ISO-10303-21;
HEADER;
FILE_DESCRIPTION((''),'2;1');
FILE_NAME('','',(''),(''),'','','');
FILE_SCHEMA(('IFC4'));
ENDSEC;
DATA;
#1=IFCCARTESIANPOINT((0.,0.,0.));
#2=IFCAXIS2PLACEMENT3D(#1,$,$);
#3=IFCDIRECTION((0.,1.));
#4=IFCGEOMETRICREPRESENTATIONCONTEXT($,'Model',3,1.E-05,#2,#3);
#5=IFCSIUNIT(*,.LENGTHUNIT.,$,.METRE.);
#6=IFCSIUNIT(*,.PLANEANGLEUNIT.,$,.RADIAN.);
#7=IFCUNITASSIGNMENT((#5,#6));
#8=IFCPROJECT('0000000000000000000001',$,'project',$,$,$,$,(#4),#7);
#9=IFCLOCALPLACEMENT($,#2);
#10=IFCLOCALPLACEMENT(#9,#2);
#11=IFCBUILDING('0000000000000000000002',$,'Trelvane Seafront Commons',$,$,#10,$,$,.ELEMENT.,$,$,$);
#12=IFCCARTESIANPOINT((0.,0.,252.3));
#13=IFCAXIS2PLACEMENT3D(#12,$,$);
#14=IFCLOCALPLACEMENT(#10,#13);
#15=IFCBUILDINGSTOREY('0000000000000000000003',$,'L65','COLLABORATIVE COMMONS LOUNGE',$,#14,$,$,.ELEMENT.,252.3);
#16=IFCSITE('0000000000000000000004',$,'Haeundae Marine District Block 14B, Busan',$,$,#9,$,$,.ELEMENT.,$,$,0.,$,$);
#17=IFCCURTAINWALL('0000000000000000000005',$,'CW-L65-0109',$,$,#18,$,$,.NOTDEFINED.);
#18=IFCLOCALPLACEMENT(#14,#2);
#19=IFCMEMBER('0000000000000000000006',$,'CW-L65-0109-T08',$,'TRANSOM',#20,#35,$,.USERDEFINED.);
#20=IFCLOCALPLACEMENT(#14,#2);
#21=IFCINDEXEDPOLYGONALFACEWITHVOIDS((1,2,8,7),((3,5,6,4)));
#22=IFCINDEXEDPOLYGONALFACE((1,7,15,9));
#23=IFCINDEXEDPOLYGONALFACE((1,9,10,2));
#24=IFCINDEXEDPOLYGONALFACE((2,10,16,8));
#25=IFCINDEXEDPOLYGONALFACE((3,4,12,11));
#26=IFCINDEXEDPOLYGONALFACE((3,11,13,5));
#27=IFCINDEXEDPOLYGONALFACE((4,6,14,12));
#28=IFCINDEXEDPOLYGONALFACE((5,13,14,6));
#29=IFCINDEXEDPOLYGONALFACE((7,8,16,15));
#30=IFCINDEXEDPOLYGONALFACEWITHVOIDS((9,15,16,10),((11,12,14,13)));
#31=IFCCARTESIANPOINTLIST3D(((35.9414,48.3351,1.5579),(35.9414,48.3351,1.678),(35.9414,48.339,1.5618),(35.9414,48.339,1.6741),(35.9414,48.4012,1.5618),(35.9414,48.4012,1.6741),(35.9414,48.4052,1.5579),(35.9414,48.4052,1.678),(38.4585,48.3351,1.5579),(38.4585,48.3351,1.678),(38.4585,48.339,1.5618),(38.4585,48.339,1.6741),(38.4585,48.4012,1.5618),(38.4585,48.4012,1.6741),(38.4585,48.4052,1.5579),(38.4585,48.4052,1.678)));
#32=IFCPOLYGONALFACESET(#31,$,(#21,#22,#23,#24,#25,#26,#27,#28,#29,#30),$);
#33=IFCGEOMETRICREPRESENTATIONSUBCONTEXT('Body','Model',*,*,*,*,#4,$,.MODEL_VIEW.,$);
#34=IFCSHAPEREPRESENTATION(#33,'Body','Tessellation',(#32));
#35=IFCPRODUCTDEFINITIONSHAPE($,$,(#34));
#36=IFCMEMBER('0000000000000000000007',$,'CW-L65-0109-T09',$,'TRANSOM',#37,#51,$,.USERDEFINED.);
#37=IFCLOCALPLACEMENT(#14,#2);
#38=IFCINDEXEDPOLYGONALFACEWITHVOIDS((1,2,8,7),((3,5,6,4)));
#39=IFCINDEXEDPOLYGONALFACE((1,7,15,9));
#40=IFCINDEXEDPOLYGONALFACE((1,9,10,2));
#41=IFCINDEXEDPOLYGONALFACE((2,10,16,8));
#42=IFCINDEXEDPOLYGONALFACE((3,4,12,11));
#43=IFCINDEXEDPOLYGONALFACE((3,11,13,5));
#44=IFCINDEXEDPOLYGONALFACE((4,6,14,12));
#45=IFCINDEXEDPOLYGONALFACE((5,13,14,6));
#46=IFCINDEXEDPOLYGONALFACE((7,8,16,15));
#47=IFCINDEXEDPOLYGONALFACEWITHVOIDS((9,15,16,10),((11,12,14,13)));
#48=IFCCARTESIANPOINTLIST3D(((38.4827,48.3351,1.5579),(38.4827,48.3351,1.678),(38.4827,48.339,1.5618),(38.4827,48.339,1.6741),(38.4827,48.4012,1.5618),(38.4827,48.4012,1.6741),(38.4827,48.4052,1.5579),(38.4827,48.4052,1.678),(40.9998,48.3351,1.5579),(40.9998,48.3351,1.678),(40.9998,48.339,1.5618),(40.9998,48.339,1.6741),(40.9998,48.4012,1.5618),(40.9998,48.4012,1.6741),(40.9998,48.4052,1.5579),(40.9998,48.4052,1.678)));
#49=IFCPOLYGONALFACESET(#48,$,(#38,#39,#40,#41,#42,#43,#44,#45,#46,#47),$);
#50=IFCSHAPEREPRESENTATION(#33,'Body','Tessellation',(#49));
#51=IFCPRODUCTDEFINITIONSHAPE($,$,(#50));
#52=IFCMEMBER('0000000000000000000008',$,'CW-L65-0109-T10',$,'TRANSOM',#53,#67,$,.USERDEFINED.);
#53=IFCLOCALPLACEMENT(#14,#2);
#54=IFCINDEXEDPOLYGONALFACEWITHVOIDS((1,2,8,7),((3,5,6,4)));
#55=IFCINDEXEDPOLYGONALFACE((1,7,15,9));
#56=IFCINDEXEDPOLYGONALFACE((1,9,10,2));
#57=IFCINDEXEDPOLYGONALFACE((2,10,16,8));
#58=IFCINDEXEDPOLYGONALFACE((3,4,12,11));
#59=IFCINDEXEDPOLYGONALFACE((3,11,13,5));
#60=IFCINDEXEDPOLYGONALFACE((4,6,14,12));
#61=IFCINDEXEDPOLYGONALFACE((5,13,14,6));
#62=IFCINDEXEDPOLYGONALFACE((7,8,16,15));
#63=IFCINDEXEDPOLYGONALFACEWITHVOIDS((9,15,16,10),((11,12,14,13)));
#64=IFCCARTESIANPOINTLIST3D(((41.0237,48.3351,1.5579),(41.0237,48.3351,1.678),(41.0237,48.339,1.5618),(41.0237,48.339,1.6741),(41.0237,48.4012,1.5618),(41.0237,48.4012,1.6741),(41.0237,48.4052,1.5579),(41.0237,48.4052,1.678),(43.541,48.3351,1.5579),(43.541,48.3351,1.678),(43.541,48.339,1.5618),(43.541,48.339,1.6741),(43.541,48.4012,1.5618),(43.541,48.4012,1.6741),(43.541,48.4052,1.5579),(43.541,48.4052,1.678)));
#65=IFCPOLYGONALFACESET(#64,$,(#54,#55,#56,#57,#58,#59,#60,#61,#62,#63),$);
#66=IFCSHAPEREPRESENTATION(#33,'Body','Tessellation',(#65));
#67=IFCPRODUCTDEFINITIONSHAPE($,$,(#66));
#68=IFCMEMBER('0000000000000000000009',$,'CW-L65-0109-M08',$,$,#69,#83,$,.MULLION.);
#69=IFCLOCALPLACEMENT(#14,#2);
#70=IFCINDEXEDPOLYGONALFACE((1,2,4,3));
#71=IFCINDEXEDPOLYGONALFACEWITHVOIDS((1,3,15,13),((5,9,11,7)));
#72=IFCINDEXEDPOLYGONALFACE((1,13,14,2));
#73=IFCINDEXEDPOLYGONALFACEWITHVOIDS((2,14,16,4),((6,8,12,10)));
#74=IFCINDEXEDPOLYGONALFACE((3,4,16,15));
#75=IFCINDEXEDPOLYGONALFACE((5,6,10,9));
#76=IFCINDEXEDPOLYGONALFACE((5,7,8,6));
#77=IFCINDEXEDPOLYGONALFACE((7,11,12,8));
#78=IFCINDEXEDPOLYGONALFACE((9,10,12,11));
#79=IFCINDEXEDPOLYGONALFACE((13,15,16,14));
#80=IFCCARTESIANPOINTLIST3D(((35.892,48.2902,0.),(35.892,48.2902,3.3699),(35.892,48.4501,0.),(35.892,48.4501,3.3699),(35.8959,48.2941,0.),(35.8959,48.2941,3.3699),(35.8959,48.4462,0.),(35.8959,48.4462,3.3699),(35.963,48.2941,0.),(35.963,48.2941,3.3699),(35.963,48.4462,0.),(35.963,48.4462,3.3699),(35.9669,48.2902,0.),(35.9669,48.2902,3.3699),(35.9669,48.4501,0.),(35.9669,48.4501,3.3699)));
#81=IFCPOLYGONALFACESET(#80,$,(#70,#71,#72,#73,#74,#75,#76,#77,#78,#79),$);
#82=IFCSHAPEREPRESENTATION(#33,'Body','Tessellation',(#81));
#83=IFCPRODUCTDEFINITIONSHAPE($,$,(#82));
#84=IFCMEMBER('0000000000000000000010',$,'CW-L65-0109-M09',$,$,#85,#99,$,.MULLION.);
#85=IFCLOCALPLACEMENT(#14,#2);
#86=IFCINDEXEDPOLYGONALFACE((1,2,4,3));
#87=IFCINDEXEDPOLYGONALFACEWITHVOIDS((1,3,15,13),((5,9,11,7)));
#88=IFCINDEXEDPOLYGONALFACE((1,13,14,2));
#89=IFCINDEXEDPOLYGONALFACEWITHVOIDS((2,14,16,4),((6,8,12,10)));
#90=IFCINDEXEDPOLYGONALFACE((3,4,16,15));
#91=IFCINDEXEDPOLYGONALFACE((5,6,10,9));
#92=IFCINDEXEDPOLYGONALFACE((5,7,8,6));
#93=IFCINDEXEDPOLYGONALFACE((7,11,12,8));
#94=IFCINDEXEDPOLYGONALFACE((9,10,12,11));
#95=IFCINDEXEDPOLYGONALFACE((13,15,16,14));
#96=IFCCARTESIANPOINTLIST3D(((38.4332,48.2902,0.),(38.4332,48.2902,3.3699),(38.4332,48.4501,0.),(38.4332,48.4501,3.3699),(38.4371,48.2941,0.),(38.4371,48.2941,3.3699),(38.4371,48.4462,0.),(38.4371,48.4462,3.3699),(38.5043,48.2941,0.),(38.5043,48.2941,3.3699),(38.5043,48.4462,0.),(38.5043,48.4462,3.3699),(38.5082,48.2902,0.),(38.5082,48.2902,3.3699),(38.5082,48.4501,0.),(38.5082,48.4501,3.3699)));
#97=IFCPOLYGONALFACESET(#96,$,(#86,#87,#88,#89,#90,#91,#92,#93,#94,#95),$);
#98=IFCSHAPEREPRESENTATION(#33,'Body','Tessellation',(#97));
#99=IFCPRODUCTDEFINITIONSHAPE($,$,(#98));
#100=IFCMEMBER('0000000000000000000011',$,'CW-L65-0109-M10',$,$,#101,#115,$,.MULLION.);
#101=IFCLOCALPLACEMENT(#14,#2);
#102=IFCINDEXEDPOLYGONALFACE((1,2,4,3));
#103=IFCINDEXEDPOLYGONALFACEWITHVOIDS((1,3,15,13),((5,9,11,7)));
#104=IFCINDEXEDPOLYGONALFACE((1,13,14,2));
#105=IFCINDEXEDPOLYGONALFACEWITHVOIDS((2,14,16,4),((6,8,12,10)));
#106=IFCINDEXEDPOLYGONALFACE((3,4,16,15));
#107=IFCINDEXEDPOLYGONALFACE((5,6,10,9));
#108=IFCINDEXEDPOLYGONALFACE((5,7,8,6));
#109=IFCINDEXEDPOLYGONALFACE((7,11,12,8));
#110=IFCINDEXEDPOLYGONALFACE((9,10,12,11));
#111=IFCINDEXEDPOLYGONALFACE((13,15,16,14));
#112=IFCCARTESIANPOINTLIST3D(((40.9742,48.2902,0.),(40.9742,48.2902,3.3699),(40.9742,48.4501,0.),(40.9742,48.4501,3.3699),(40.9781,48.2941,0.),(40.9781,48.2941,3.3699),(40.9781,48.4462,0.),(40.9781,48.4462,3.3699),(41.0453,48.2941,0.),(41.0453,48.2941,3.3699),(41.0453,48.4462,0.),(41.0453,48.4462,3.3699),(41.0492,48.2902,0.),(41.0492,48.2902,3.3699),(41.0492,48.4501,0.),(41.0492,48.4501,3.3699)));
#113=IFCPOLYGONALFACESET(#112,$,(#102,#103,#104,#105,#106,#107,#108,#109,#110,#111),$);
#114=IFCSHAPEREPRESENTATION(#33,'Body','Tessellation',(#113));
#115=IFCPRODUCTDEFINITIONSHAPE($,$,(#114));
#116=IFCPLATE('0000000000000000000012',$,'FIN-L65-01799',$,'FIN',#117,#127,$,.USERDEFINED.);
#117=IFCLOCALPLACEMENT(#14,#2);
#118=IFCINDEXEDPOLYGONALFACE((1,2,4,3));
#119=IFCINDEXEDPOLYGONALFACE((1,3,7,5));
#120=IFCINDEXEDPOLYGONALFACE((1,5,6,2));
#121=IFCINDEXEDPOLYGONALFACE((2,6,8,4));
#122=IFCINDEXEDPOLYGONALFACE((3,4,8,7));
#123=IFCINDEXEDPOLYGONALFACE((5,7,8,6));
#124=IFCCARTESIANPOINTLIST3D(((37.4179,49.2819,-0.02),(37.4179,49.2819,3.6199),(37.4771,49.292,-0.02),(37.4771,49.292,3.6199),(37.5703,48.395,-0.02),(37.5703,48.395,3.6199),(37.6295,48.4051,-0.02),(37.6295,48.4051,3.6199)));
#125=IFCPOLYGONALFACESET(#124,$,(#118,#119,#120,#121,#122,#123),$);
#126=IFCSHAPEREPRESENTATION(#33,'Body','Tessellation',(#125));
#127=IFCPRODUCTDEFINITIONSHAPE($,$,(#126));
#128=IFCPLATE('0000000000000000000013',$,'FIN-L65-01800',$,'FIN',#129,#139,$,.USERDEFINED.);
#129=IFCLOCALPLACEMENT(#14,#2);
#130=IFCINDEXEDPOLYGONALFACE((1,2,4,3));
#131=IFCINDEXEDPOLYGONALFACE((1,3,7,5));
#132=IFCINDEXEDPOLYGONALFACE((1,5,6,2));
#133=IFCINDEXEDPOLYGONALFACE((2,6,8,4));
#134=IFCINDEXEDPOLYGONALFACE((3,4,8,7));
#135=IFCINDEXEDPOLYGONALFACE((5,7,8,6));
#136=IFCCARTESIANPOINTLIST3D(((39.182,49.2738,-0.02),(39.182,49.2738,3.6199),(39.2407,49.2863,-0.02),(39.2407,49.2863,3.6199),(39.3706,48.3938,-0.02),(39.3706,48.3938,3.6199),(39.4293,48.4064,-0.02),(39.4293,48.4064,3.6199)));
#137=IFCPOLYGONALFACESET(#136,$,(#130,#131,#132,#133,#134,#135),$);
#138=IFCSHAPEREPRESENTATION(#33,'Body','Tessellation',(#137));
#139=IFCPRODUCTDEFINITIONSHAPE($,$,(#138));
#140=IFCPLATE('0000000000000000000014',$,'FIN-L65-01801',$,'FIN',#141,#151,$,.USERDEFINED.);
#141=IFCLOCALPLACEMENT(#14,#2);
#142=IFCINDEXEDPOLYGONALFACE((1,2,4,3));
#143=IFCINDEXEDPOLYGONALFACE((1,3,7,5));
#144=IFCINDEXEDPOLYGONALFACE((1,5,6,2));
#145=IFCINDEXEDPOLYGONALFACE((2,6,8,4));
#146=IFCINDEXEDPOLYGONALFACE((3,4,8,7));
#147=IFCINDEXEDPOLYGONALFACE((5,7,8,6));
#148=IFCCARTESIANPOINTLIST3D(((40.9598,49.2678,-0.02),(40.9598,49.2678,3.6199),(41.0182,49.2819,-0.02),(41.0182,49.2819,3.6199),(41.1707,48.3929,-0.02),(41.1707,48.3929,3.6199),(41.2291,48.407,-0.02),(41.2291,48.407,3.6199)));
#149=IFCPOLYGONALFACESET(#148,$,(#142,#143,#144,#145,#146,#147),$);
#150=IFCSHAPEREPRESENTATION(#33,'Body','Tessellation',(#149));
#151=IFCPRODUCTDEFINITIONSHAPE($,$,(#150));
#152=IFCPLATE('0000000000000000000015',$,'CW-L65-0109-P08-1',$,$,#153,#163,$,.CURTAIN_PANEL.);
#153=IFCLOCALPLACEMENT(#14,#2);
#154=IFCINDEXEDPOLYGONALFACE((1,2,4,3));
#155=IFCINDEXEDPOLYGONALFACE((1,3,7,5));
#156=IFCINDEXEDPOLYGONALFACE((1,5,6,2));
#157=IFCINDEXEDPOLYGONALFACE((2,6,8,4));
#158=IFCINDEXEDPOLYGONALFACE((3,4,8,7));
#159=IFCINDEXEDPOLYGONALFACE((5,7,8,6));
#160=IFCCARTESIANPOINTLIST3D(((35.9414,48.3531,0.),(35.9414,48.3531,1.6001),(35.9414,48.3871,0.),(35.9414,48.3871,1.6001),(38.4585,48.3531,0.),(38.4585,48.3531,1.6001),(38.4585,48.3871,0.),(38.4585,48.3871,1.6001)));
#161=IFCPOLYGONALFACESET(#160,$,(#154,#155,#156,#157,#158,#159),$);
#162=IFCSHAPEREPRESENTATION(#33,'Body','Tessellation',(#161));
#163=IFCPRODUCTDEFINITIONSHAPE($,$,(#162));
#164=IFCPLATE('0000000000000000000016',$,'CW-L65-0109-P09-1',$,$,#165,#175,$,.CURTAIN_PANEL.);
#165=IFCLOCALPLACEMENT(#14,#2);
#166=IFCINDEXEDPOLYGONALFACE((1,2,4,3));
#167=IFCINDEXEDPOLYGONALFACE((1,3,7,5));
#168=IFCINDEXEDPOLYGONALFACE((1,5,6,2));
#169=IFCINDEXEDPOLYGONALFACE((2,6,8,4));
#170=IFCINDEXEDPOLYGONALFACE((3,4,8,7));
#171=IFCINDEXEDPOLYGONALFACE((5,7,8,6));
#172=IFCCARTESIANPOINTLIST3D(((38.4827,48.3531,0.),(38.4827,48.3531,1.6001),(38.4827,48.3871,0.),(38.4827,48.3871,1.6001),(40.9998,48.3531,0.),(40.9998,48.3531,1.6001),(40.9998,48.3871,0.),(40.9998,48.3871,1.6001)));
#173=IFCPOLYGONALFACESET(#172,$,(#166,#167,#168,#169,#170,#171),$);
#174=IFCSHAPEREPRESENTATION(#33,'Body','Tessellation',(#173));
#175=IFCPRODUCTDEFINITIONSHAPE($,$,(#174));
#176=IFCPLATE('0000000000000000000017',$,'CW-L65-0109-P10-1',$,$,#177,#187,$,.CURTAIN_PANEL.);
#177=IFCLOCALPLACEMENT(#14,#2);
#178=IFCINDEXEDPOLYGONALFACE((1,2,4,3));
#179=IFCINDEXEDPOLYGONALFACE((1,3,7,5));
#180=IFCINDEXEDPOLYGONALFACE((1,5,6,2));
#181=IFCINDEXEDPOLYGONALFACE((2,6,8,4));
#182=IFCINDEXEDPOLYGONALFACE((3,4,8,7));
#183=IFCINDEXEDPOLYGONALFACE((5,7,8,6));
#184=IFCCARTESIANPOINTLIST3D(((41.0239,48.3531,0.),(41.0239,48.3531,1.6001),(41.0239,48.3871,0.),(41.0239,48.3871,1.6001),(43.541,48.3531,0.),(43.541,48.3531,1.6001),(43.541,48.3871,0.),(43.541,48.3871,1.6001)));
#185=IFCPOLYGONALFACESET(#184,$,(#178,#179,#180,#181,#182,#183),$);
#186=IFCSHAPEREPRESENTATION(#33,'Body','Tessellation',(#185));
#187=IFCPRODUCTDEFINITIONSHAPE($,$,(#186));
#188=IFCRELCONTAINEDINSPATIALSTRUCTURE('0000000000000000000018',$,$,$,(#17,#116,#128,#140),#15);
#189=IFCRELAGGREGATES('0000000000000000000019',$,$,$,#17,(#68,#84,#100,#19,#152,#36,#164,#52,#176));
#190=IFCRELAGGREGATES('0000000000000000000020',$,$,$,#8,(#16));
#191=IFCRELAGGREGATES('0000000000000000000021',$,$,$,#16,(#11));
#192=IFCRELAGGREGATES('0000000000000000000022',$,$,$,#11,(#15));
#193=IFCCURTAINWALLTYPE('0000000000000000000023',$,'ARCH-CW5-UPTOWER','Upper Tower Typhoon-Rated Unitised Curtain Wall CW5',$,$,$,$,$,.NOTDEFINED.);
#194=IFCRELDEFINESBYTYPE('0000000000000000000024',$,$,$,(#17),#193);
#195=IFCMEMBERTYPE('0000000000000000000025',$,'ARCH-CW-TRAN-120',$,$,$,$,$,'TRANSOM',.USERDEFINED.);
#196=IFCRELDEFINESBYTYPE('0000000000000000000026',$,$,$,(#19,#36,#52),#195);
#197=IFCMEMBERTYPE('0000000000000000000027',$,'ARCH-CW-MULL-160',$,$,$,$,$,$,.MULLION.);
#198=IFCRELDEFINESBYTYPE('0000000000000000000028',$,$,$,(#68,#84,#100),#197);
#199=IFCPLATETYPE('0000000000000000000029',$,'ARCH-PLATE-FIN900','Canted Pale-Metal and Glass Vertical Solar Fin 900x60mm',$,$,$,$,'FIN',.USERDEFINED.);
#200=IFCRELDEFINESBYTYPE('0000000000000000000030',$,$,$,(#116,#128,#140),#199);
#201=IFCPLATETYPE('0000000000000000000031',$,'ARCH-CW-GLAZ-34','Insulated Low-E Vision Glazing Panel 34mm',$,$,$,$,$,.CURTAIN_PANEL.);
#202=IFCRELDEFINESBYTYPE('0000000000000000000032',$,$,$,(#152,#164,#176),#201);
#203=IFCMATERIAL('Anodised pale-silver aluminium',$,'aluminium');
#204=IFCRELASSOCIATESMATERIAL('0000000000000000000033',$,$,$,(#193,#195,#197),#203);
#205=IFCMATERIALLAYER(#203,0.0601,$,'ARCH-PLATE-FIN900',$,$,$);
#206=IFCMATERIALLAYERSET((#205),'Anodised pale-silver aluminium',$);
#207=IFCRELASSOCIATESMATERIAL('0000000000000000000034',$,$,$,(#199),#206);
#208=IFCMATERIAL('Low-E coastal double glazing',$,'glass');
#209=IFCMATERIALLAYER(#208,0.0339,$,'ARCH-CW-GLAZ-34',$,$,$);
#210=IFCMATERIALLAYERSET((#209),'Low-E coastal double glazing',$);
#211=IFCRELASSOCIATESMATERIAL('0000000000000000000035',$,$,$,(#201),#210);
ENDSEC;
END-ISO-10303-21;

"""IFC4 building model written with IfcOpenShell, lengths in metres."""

from ifc_helpers import new_model, si_unit, direction, frame, origin, origin_2d, place, context, subcontext, project, spatial, rectangle, hollow_rectangle, extrude, source, transform, mapped, material, layer, layer_set, material_profile, profile_set, type_object, element, aggregate, save


model = new_model("IFC4")

# Units and contexts
model_context = context("Model", 3, precision=1e-05, world=origin(), true_north=direction((0.0, 1.0)))
body_context = subcontext(model_context, "Body", "Model", "MODEL_VIEW")
ifc_project = project(units=[si_unit("LENGTHUNIT", "METRE"), si_unit("PLANEANGLEUNIT", "RADIAN")], contexts=[model_context])

# Site, building, storey
site_placement = place(None, origin())
site = spatial("IfcSite", under=ifc_project, at=site_placement, Name="Haeundae Marine District Block 14B, Busan", CompositionType="ELEMENT", RefElevation=0.0)
building_placement = place(site_placement, origin())
building = spatial("IfcBuilding", under=site, at=building_placement, Name="Trelvane Seafront Commons", CompositionType="ELEMENT")
storey_placement = place(building_placement, frame((0.0, 0.0, 252.3)))
storey = spatial("IfcBuildingStorey", under=building, at=storey_placement, Name="L65", Description="COLLABORATIVE COMMONS LOUNGE", CompositionType="ELEMENT", Elevation=252.3)

# Curtain wall, members
ifc_material_1 = material(Name="Anodised pale-silver aluminium", Category="aluminium")
curtain_wall_type = type_object("IfcCurtainWallType", Name="ARCH-CW5-UPTOWER", Description="Upper Tower Typhoon-Rated Unitised Curtain Wall CW5", PredefinedType="NOTDEFINED", material=ifc_material_1)
curtain_wall_placement = place(storey_placement, origin())
curtain_wall = element("IfcCurtainWall", 1, at=curtain_wall_placement, inside=storey, type_object=curtain_wall_type, Name="CW-L65-0109", PredefinedType="NOTDEFINED")
ifc_material_profile_1 = material_profile(ifc_material_1, hollow_rectangle(XDim=0.0701, YDim=0.1201, WallThickness=0.0039, at=origin_2d()), Name="TRAN-70x120x4")
ifc_profile_set_1 = profile_set([ifc_material_profile_1], Name="Anodised pale-silver aluminium")
member_type_1 = type_object("IfcMemberType", Name="ARCH-CW-TRAN-120", ElementType="TRANSOM", PredefinedType="USERDEFINED", material=ifc_profile_set_1)
shared_shape_1 = source(origin(), body_context, "Body", "SweptSolid", [
    extrude(hollow_rectangle(XDim=0.0701, YDim=0.1201, WallThickness=0.0039, at=origin_2d()), origin(), (0.0, 0.0, 1.0), 2.5171),
])
member_1_placement = place(storey_placement, frame((35.9414, 48.3701, 1.6179), z_axis=(1.0, 0.0, 0.0), x_axis=(0.0, 1.0, 0.0)))
member_1 = element("IfcMember", 2, at=member_1_placement, type_object=member_type_1, Name="CW-L65-0109-T08", ObjectType="TRANSOM", PredefinedType="USERDEFINED", context=body_context, shape_type="MappedRepresentation", body=[
    mapped(shared_shape_1, transform((0.0, 0.0, 0.0), x_axis=(1.0, 0.0, 0.0), y_axis=(0.0, 1.0, 0.0), z_axis=(0.0, 0.0, 1.0), scale=1.0)),
])
member_2_placement = place(storey_placement, frame((38.4827, 48.3701, 1.6179), z_axis=(1.0, 0.0, 0.0), x_axis=(0.0, 1.0, 0.0)))
member_2 = element("IfcMember", 3, at=member_2_placement, type_object=member_type_1, Name="CW-L65-0109-T09", ObjectType="TRANSOM", PredefinedType="USERDEFINED", context=body_context, shape_type="MappedRepresentation", body=[
    mapped(shared_shape_1, transform((0.0, 0.0, 0.0), x_axis=(1.0, 0.0, 0.0), y_axis=(0.0, 1.0, 0.0), z_axis=(0.0, 0.0, 1.0), scale=1.0)),
])
shared_shape_2 = source(origin(), body_context, "Body", "SweptSolid", [
    extrude(hollow_rectangle(XDim=0.0701, YDim=0.1201, WallThickness=0.0039, at=origin_2d()), origin(), (0.0, 0.0, 1.0), 2.5173),
])
member_3_placement = place(storey_placement, frame((41.0237, 48.3701, 1.6179), z_axis=(1.0, 0.0, 0.0), x_axis=(0.0, 1.0, 0.0)))
member_3 = element("IfcMember", 4, at=member_3_placement, type_object=member_type_1, Name="CW-L65-0109-T10", ObjectType="TRANSOM", PredefinedType="USERDEFINED", context=body_context, shape_type="MappedRepresentation", body=[
    mapped(shared_shape_2, transform((0.0, 0.0, 0.0), x_axis=(1.0, 0.0, 0.0), y_axis=(0.0, 1.0, 0.0), z_axis=(0.0, 0.0, 1.0), scale=1.0)),
])
ifc_material_profile_2 = material_profile(ifc_material_1, hollow_rectangle(XDim=0.075, YDim=0.1599, WallThickness=0.0039, at=origin_2d()), Name="MULL-75x160x4")
ifc_profile_set_2 = profile_set([ifc_material_profile_2], Name="Anodised pale-silver aluminium")
member_type_2 = type_object("IfcMemberType", Name="ARCH-CW-MULL-160", PredefinedType="MULLION", material=ifc_profile_set_2)
shared_shape_3 = source(origin(), body_context, "Body", "SweptSolid", [
    extrude(hollow_rectangle(XDim=0.075, YDim=0.1599, WallThickness=0.0039, at=origin_2d()), origin(), (0.0, 0.0, 1.0), 3.3699),
])
member_4_placement = place(storey_placement, frame((35.9294, 48.3701, 0.0), z_axis=(0.0, 0.0, 1.0), x_axis=(1.0, 0.0, 0.0)))
member_4 = element("IfcMember", 5, at=member_4_placement, type_object=member_type_2, Name="CW-L65-0109-M08", PredefinedType="MULLION", context=body_context, shape_type="MappedRepresentation", body=[
    mapped(shared_shape_3, transform((0.0, 0.0, 0.0), x_axis=(1.0, 0.0, 0.0), y_axis=(0.0, 1.0, 0.0), z_axis=(0.0, 0.0, 1.0), scale=1.0)),
])
member_5_placement = place(storey_placement, frame((38.4707, 48.3701, 0.0), z_axis=(0.0, 0.0, 1.0), x_axis=(1.0, 0.0, 0.0)))
member_5 = element("IfcMember", 6, at=member_5_placement, type_object=member_type_2, Name="CW-L65-0109-M09", PredefinedType="MULLION", context=body_context, shape_type="MappedRepresentation", body=[
    mapped(shared_shape_3, transform((0.0, 0.0, 0.0), x_axis=(1.0, 0.0, 0.0), y_axis=(0.0, 1.0, 0.0), z_axis=(0.0, 0.0, 1.0), scale=1.0)),
])
member_6_placement = place(storey_placement, frame((41.0117, 48.3701, 0.0), z_axis=(0.0, 0.0, 1.0), x_axis=(1.0, 0.0, 0.0)))
member_6 = element("IfcMember", 7, at=member_6_placement, type_object=member_type_2, Name="CW-L65-0109-M10", PredefinedType="MULLION", context=body_context, shape_type="MappedRepresentation", body=[
    mapped(shared_shape_3, transform((0.0, 0.0, 0.0), x_axis=(1.0, 0.0, 0.0), y_axis=(0.0, 1.0, 0.0), z_axis=(0.0, 0.0, 1.0), scale=1.0)),
])

# Plates
ifc_layer_1 = layer(ifc_material_1, 0.0601, Name="ARCH-PLATE-FIN900")
ifc_layer_set_1 = layer_set([ifc_layer_1], Name="Anodised pale-silver aluminium")
plate_type_1 = type_object("IfcPlateType", Name="ARCH-PLATE-FIN900", Description="Canted Pale-Metal and Glass Vertical Solar Fin 900x60mm", ElementType="FIN", PredefinedType="USERDEFINED", material=ifc_layer_set_1)
shared_shape_4 = source(origin(), body_context, "Body", "SweptSolid", [
    extrude(rectangle(XDim=0.8999, YDim=0.0601, at=origin_2d()), origin(), (0.0, 0.0, 1.0), 3.6399),
])
for number, where, z_axis, x_axis, name in (
    (8, (37.5237, 48.8435, -0.02), (0.0, 0.0, 1.0), (-0.169334, 0.985559, 0.0), "FIN-L65-01799"),
    (9, (39.3057, 48.8401, -0.02), (0.0, 0.0, 1.0), (-0.209559, 0.977796, 0.0), "FIN-L65-01800"),
    (10, (41.0945, 48.8374, -0.02), (0.0, 0.0, 1.0), (-0.234343, 0.972154, 0.0), "FIN-L65-01801"),
):
    element("IfcPlate", number, at=place(storey_placement, frame(where, z_axis=z_axis, x_axis=x_axis)), inside=storey, type_object=plate_type_1, Name=name, ObjectType="FIN", PredefinedType="USERDEFINED", context=body_context, shape_type="MappedRepresentation", body=[
        mapped(shared_shape_4, transform((0.0, 0.0, 0.0), x_axis=(1.0, 0.0, 0.0), y_axis=(0.0, 1.0, 0.0), z_axis=(0.0, 0.0, 1.0), scale=1.0)),
    ])

# Plates
ifc_material_2 = material(Name="Low-E coastal double glazing", Category="glass")
ifc_layer_2 = layer(ifc_material_2, 0.0339, Name="ARCH-CW-GLAZ-34")
ifc_layer_set_2 = layer_set([ifc_layer_2], Name="Low-E coastal double glazing")
plate_type_2 = type_object("IfcPlateType", Name="ARCH-CW-GLAZ-34", Description="Insulated Low-E Vision Glazing Panel 34mm", PredefinedType="CURTAIN_PANEL", material=ifc_layer_set_2)
shared_shape_5 = source(origin(), body_context, "Body", "SweptSolid", [
    extrude(rectangle(XDim=2.5171, YDim=0.0339, at=origin_2d()), origin(), (0.0, 0.0, 1.0), 1.6001),
])
plate_1_placement = place(storey_placement, frame((37.2, 48.3701, 0.0), z_axis=(0.0, 0.0, 1.0), x_axis=(1.0, 0.0, 0.0)))
plate_1 = element("IfcPlate", 11, at=plate_1_placement, type_object=plate_type_2, Name="CW-L65-0109-P08-1", PredefinedType="CURTAIN_PANEL", context=body_context, shape_type="MappedRepresentation", body=[
    mapped(shared_shape_5, transform((0.0, 0.0, 0.0), x_axis=(1.0, 0.0, 0.0), y_axis=(0.0, 1.0, 0.0), z_axis=(0.0, 0.0, 1.0), scale=1.0)),
])
plate_2_placement = place(storey_placement, frame((39.7412, 48.3701, 0.0), z_axis=(0.0, 0.0, 1.0), x_axis=(1.0, 0.0, 0.0)))
plate_2 = element("IfcPlate", 12, at=plate_2_placement, type_object=plate_type_2, Name="CW-L65-0109-P09-1", PredefinedType="CURTAIN_PANEL", context=body_context, shape_type="MappedRepresentation", body=[
    mapped(shared_shape_5, transform((0.0, 0.0, 0.0), x_axis=(1.0, 0.0, 0.0), y_axis=(0.0, 1.0, 0.0), z_axis=(0.0, 0.0, 1.0), scale=1.0)),
])
plate_3_placement = place(storey_placement, frame((42.2825, 48.3701, 0.0), z_axis=(0.0, 0.0, 1.0), x_axis=(1.0, 0.0, 0.0)))
plate_3 = element("IfcPlate", 13, at=plate_3_placement, type_object=plate_type_2, Name="CW-L65-0109-P10-1", PredefinedType="CURTAIN_PANEL", context=body_context, shape_type="MappedRepresentation", body=[
    mapped(shared_shape_5, transform((0.0, 0.0, 0.0), x_axis=(1.0, 0.0, 0.0), y_axis=(0.0, 1.0, 0.0), z_axis=(0.0, 0.0, 1.0), scale=1.0)),
])
aggregate(curtain_wall, [member_4, member_5, member_6, member_1, plate_1, member_2, plate_2, member_3, plate_3])

save(model, "model.ifc")
